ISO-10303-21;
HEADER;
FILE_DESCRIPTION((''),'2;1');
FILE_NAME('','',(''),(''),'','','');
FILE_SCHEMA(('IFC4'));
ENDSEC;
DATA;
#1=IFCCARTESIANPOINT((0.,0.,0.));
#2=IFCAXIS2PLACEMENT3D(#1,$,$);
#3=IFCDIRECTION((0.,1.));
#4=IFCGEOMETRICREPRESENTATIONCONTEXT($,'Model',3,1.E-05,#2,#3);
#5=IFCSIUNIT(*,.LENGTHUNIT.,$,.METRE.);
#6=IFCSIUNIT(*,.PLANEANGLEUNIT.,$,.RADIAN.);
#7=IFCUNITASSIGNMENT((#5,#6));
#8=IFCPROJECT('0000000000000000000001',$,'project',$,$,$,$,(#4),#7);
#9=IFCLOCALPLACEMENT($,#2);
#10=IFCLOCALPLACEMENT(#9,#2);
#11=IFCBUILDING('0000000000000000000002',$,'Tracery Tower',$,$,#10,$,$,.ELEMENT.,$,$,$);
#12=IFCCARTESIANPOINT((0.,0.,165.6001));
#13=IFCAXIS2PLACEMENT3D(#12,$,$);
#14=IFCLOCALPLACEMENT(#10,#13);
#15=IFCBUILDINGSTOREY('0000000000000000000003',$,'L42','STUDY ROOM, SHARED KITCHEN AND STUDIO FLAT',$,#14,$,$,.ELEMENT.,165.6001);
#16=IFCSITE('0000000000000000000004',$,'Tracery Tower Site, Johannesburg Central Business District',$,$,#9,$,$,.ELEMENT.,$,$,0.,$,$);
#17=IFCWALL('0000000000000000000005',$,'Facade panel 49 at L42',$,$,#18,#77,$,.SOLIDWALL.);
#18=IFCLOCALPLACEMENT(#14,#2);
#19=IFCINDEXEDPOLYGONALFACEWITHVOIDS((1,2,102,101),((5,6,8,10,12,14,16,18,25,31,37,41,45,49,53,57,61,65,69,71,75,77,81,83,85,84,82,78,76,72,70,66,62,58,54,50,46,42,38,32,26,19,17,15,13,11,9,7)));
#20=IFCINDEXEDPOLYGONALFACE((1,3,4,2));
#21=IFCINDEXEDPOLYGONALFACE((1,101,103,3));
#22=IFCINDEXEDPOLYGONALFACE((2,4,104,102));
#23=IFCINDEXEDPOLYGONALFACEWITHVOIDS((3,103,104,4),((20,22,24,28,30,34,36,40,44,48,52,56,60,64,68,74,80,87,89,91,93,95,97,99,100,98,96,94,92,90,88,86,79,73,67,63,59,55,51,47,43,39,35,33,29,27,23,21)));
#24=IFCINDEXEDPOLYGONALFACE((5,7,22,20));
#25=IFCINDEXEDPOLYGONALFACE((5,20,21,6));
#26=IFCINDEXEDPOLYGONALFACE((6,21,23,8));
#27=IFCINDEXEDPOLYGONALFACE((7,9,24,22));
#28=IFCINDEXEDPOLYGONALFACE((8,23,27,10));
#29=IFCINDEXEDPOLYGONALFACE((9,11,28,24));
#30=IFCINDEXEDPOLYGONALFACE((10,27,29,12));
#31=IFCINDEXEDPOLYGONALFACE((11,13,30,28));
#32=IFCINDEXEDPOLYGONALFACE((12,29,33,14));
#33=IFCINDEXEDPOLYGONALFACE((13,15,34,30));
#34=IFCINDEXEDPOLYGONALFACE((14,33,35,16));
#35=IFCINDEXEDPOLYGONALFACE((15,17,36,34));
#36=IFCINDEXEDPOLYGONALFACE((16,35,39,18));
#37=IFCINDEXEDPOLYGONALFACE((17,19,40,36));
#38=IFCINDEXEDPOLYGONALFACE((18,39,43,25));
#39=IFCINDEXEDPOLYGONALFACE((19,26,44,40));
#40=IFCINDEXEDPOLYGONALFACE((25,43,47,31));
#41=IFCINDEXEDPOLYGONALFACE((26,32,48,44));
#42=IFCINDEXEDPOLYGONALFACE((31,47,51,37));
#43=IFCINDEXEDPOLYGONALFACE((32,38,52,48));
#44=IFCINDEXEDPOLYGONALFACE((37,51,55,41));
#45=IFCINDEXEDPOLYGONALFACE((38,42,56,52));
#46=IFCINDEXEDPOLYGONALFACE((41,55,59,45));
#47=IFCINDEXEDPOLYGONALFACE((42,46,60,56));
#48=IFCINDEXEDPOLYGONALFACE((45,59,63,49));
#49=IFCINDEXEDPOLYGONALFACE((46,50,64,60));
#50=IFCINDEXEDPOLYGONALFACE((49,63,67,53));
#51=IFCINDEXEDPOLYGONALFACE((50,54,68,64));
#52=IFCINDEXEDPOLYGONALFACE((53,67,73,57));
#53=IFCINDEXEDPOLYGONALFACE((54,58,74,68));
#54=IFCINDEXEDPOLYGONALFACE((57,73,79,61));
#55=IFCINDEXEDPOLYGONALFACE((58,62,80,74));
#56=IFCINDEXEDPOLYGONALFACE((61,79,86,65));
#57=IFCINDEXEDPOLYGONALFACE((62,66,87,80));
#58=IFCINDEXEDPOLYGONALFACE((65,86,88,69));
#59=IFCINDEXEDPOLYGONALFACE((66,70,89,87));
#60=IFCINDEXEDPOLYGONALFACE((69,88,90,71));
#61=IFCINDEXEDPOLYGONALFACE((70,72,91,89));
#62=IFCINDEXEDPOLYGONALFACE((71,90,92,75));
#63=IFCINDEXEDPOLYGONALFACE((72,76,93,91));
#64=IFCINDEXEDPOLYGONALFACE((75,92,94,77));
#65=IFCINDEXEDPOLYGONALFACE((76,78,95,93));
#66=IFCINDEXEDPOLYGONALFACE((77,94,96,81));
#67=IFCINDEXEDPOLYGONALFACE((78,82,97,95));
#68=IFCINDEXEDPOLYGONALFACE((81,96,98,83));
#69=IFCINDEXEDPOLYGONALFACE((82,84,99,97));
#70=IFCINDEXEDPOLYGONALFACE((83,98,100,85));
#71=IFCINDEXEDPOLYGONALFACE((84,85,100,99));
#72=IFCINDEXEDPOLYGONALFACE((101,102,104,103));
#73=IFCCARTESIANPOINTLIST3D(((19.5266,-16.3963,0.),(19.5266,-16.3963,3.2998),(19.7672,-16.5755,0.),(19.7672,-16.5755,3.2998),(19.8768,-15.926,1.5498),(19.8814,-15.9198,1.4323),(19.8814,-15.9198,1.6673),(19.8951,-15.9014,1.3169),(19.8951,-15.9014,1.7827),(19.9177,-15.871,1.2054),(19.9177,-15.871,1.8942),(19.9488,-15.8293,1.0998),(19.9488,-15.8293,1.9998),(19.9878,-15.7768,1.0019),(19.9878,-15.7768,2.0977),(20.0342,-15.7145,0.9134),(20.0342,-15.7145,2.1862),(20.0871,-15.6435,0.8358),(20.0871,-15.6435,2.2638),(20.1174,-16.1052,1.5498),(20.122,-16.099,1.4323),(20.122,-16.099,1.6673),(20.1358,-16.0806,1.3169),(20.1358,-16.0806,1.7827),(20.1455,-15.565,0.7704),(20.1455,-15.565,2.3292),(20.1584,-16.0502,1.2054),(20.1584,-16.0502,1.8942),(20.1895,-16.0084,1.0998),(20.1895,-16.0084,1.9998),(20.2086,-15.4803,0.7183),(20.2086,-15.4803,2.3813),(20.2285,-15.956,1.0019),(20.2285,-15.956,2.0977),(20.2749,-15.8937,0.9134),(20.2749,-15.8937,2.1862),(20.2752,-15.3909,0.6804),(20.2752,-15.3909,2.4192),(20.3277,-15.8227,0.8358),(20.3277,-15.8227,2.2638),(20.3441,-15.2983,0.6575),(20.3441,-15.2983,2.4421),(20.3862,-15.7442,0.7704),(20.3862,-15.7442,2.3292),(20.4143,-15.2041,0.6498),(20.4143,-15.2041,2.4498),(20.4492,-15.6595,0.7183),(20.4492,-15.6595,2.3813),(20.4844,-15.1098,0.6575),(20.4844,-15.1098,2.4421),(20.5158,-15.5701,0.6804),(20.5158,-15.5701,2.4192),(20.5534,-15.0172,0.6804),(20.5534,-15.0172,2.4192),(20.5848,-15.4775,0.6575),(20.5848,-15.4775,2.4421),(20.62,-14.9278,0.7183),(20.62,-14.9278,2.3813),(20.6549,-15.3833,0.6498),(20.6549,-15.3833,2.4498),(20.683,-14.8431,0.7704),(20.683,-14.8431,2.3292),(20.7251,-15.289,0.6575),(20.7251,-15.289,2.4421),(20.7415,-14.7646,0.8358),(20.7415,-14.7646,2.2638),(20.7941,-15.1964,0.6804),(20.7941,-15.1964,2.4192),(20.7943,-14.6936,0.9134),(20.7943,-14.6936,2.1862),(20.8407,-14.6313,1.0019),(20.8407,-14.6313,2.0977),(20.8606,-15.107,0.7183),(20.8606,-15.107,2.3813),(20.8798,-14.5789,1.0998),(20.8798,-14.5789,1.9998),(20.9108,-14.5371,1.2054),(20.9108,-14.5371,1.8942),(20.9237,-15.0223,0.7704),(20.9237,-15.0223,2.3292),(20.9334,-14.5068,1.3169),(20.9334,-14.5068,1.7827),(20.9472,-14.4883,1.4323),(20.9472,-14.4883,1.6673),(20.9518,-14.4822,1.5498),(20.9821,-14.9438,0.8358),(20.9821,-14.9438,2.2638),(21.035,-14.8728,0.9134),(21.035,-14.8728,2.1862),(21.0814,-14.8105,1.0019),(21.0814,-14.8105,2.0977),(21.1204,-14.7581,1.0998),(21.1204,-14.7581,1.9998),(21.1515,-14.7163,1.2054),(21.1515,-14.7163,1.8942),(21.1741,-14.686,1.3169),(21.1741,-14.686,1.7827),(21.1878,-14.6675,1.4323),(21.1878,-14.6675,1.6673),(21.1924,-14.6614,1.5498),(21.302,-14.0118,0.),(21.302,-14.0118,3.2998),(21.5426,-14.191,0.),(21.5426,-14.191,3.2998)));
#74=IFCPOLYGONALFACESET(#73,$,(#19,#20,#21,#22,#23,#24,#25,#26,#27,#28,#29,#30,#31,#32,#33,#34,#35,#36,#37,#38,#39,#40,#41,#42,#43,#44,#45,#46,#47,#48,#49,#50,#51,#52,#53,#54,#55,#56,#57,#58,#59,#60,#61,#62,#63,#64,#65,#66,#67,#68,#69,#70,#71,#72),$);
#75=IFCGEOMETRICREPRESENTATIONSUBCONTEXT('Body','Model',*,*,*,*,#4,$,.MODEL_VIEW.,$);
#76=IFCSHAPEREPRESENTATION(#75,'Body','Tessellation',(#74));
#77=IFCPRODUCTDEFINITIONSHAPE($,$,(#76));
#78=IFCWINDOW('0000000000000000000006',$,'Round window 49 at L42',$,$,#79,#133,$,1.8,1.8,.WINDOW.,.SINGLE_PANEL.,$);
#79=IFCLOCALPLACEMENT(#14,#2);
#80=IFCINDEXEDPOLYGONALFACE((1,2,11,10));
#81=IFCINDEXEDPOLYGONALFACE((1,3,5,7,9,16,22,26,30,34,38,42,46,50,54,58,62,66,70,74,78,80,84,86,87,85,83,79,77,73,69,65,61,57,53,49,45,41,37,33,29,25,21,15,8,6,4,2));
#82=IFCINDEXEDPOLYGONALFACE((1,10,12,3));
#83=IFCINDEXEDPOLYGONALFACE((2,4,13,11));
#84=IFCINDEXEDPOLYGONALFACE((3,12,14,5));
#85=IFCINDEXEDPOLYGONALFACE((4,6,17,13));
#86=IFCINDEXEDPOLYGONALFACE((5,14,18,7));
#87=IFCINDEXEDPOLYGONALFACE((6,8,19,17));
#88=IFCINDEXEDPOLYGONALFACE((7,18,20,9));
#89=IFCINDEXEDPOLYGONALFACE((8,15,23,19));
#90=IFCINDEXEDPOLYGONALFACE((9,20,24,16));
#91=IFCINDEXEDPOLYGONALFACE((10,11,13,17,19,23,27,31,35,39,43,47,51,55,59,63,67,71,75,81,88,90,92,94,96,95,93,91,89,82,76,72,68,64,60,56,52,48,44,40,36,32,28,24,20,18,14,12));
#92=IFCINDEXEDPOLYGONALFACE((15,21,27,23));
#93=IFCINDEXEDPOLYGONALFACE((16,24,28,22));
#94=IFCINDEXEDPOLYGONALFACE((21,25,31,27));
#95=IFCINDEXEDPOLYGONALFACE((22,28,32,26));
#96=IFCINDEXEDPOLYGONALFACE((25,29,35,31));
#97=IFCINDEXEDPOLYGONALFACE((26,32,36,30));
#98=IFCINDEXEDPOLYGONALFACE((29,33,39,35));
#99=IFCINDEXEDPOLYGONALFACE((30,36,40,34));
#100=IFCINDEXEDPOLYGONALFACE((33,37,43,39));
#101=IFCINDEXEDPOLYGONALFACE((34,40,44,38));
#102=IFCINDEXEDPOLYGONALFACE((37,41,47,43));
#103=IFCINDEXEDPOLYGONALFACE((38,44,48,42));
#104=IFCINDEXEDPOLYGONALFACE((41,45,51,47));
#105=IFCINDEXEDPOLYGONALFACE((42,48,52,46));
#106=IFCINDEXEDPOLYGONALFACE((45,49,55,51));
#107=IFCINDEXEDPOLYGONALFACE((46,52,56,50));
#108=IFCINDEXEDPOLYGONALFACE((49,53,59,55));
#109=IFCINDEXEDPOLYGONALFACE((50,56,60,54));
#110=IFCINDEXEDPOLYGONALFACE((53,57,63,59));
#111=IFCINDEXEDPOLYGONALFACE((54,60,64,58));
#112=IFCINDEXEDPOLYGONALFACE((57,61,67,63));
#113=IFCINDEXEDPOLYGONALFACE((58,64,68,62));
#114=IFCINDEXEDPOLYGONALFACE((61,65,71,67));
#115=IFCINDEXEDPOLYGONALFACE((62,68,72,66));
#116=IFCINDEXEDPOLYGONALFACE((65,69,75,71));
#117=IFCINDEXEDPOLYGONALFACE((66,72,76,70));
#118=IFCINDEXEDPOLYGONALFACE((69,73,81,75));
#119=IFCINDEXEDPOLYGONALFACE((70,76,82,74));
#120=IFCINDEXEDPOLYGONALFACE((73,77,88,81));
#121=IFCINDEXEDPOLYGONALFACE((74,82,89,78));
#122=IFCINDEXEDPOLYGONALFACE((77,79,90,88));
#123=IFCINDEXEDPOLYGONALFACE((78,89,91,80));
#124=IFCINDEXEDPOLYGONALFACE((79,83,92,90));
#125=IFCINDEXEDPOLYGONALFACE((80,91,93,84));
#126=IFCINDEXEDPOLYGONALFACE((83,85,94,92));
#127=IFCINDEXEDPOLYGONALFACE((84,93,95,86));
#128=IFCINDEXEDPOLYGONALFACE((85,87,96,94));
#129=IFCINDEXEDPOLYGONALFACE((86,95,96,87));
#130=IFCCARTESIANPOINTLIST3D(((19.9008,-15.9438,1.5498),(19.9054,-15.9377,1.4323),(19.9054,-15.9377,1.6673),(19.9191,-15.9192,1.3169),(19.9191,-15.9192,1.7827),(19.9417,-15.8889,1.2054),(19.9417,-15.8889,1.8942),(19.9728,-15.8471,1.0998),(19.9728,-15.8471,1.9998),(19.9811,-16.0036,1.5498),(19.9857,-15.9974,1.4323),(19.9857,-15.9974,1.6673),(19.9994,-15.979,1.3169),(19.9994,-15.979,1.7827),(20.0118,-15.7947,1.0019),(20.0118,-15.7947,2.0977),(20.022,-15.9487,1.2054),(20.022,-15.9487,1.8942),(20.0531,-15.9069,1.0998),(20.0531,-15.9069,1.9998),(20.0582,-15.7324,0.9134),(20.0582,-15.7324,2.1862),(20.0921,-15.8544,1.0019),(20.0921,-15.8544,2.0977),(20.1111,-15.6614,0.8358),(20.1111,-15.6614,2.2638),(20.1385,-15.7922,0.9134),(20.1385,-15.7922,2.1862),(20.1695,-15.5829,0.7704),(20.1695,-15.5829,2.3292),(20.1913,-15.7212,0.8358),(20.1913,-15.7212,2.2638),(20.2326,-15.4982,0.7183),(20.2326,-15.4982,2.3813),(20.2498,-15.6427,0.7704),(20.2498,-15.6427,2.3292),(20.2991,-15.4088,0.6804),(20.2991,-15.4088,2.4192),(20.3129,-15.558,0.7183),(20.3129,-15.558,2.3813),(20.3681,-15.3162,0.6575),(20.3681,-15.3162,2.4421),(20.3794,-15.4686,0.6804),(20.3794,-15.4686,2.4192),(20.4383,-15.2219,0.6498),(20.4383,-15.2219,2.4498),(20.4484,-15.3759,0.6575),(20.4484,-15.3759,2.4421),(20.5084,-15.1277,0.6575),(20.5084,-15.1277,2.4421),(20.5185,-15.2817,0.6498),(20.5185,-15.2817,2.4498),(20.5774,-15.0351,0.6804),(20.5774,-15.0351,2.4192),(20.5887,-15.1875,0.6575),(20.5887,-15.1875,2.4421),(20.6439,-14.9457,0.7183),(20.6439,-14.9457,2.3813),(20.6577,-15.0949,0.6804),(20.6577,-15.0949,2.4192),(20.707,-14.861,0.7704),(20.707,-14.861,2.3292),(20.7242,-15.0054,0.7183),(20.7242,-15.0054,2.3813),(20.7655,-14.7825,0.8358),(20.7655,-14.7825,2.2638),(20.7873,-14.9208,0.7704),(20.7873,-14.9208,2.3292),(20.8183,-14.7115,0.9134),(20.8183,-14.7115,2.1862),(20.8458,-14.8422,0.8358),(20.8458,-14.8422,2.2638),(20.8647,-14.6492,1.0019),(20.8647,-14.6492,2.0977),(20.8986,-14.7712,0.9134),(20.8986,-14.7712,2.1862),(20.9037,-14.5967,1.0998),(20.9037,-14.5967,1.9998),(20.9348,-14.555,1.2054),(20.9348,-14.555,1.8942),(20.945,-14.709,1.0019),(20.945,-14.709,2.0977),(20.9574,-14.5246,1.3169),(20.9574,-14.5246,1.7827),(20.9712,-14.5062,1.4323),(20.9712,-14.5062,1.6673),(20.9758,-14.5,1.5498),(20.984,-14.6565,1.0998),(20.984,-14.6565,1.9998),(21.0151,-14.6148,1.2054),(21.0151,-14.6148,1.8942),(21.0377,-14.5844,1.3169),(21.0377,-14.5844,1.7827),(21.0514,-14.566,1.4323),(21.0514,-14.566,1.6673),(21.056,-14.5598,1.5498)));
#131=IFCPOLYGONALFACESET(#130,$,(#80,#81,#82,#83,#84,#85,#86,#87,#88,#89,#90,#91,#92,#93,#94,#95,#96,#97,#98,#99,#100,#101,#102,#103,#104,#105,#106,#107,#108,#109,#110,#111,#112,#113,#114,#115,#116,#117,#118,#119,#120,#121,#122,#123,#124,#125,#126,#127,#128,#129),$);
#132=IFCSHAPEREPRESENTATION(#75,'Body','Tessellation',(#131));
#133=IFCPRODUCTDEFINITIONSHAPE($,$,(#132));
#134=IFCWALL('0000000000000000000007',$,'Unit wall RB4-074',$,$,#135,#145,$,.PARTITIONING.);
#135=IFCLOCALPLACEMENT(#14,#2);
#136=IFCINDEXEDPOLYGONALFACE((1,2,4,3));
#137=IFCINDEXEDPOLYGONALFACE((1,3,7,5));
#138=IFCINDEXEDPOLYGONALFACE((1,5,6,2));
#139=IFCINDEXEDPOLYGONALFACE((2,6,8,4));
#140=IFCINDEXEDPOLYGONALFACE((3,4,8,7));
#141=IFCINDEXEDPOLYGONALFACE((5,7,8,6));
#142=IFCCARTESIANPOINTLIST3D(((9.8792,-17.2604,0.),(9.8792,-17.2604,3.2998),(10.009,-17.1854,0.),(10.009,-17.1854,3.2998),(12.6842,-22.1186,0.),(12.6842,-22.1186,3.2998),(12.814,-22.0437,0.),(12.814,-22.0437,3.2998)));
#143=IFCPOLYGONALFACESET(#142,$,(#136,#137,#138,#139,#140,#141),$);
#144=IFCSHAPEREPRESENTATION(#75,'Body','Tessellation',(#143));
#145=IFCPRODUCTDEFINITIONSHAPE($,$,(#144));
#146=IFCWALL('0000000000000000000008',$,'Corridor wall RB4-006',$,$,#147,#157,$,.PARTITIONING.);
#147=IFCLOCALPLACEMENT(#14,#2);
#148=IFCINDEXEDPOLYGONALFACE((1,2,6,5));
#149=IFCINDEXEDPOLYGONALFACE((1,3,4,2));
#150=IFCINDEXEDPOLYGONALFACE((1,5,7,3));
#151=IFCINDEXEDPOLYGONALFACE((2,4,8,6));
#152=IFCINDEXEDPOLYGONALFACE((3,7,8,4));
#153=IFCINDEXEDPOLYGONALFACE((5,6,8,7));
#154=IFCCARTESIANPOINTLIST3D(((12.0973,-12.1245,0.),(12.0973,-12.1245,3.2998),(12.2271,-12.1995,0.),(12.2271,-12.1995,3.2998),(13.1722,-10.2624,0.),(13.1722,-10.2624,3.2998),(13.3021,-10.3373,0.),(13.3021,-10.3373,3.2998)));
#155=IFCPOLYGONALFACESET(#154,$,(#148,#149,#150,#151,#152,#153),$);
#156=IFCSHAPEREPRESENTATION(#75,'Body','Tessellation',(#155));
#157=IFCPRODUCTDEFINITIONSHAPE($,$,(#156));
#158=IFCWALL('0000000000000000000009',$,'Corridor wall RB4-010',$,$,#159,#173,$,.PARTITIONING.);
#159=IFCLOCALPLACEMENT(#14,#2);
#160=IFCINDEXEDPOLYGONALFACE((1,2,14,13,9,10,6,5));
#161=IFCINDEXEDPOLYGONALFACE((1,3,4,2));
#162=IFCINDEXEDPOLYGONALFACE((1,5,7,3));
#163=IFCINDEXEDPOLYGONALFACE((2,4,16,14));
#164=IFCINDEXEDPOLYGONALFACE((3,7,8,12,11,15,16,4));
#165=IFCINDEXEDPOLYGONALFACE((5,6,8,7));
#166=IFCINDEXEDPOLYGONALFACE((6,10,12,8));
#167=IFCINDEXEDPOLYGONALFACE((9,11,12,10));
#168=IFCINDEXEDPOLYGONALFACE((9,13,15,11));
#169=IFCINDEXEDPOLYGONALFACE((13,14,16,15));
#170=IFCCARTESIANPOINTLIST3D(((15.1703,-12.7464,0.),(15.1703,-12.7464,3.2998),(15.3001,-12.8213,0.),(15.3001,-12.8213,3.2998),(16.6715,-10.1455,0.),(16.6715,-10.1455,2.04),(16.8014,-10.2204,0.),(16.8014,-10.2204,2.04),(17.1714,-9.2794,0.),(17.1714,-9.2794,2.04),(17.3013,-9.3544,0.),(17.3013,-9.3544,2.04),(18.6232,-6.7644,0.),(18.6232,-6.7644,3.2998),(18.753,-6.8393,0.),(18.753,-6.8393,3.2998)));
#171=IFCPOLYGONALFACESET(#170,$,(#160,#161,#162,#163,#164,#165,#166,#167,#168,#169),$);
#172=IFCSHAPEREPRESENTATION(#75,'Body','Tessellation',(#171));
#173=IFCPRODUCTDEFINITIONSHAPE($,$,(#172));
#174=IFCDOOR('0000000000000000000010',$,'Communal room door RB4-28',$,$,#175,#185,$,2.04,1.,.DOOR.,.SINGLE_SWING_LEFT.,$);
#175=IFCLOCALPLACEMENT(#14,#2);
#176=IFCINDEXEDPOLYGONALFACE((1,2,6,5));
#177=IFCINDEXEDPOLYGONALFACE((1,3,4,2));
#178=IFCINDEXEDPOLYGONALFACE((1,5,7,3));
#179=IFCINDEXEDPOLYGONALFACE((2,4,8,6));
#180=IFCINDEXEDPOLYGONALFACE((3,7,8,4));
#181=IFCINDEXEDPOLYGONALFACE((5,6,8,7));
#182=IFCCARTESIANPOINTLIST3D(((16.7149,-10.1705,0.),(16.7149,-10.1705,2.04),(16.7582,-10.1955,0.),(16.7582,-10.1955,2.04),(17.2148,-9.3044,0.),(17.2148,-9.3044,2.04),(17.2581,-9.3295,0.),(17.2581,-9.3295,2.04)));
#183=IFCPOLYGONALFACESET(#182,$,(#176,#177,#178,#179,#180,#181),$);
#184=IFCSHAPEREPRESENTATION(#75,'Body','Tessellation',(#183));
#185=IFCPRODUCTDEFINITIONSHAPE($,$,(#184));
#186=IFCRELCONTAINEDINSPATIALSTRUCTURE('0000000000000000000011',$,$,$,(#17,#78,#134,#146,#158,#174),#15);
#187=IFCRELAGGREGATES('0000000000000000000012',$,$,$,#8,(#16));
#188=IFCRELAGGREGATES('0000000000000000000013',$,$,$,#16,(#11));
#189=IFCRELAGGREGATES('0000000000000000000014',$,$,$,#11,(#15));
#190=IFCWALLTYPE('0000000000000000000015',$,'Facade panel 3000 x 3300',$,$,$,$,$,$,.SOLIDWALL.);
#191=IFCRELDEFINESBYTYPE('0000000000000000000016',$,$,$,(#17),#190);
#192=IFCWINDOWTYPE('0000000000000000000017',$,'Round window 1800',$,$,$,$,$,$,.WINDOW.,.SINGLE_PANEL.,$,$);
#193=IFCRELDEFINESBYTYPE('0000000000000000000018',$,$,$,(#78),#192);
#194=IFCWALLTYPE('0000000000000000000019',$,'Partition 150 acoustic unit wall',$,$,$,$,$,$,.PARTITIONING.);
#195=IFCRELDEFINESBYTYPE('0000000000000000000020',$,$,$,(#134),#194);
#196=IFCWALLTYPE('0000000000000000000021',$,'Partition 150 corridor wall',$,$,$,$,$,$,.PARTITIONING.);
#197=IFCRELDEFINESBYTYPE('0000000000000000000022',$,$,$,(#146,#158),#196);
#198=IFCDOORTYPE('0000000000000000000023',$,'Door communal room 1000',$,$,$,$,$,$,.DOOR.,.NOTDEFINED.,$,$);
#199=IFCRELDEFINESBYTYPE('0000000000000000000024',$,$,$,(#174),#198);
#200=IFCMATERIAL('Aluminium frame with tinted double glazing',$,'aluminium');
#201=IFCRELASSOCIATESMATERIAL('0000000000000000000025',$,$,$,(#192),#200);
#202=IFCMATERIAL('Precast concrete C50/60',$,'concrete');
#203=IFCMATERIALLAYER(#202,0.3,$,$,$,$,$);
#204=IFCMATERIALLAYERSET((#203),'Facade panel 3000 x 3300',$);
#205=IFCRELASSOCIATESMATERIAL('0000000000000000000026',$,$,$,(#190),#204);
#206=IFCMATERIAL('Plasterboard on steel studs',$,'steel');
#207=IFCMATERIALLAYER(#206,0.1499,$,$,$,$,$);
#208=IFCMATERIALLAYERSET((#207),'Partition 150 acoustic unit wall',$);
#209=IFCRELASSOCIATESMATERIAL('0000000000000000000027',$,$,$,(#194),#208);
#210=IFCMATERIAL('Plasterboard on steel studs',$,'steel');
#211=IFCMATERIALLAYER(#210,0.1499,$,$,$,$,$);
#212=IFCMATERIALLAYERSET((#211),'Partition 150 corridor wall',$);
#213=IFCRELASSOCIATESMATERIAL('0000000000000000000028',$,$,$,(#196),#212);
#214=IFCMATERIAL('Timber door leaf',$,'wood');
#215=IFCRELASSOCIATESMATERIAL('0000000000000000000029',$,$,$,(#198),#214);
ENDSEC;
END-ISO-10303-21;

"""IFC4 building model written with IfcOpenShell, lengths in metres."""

from ifc_helpers import new_model, si_unit, direction, frame, frame_2d, origin, origin_2d, place, context, subcontext, project, spatial, rectangle, circle, extrude, material, layer, layer_set, type_object, element, fill, save


model = new_model("IFC4")

# Units and contexts
model_context = context("Model", 3, precision=1e-05, world=origin(), true_north=direction((0.0, 1.0)))
body_context = subcontext(model_context, "Body", "Model", "MODEL_VIEW")
ifc_project = project(units=[si_unit("LENGTHUNIT", "METRE"), si_unit("PLANEANGLEUNIT", "RADIAN")], contexts=[model_context])

# Site, building, storey
site_placement = place(None, origin())
site = spatial("IfcSite", under=ifc_project, at=site_placement, Name="Tracery Tower Site, Johannesburg Central Business District", CompositionType="ELEMENT", RefElevation=0.0)
building_placement = place(site_placement, origin())
building = spatial("IfcBuilding", under=site, at=building_placement, Name="Tracery Tower", CompositionType="ELEMENT")
storey_placement = place(building_placement, frame((0.0, 0.0, 165.6001)))
storey = spatial("IfcBuildingStorey", under=building, at=storey_placement, Name="L42", Description="STUDY ROOM, SHARED KITCHEN AND STUDIO FLAT", CompositionType="ELEMENT", Elevation=165.6001)

# Wall, opening, window
ifc_material_1 = material(Name="Aluminium frame with tinted double glazing", Category="aluminium")
window_type = type_object("IfcWindowType", Name="Round window 1800", PartitioningType="SINGLE_PANEL", PredefinedType="WINDOW", material=ifc_material_1)
ifc_material_2 = material(Name="Precast concrete C50/60", Category="concrete")
ifc_layer_1 = layer(ifc_material_2, 0.3)
ifc_layer_set_1 = layer_set([ifc_layer_1], Name="Facade panel 3000 x 3300")
wall_type_1 = type_object("IfcWallType", Name="Facade panel 3000 x 3300", PredefinedType="SOLIDWALL", material=ifc_layer_set_1)
wall_1_placement = place(storey_placement, frame((19.647, -16.4858, 0.0), z_axis=(0.0, 0.0, 1.0), x_axis=(0.597198, 0.802094, 0.0)))
wall_1 = element("IfcWall", 1, at=wall_1_placement, inside=storey, type_object=wall_type_1, Name="Facade panel 49 at L42", PredefinedType="SOLIDWALL", context=body_context, shape_type="SweptSolid", body=[
    extrude(rectangle(XDim=2.9729, YDim=0.3, at=frame_2d((1.4863, 0.0))), origin(), (0.0, 0.0, 1.0), 3.2998),
])
opening_1_placement = place(wall_1_placement, frame((1.4863, 0.0, 1.5498)))
opening_1 = element("IfcOpeningElement", 2, at=opening_1_placement, cuts=wall_1, PredefinedType="OPENING", context=body_context, shape_type="SweptSolid", body=[
    extrude(circle(Radius=0.9, at=origin_2d()), frame((0.0, 0.1599, 0.0), z_axis=(0.0, -1.0, 0.0), x_axis=(1.0, 0.0, 0.0)), (0.0, 0.0, 1.0), 0.3201),
])
window_1_placement = place(opening_1_placement, origin())
window_1 = element("IfcWindow", 3, at=window_1_placement, inside=storey, type_object=window_type, Name="Round window 49 at L42", OverallHeight=1.8, OverallWidth=1.8, PartitioningType="SINGLE_PANEL", PredefinedType="WINDOW", context=body_context, shape_type="SweptSolid", body=[
    extrude(circle(Radius=0.9, at=origin_2d()), frame((0.0, 0.1201, 0.0), z_axis=(0.0, -1.0, 0.0), x_axis=(1.0, 0.0, 0.0)), (0.0, 0.0, 1.0), 0.1001),
])
fill(opening_1, window_1)

# Walls
ifc_material_3 = material(Name="Plasterboard on steel studs", Category="steel")
ifc_layer_2 = layer(ifc_material_3, 0.1499)
ifc_layer_set_2 = layer_set([ifc_layer_2], Name="Partition 150 acoustic unit wall")
wall_type_2 = type_object("IfcWallType", Name="Partition 150 acoustic unit wall", PredefinedType="PARTITIONING", material=ifc_layer_set_2)
wall_2_placement = place(storey_placement, frame((9.9441, -17.2229, 0.0), z_axis=(0.0, 0.0, 1.0), x_axis=(0.50001, -0.86602, 0.0)))
element("IfcWall", 4, at=wall_2_placement, inside=storey, type_object=wall_type_2, Name="Unit wall RB4-074", PredefinedType="PARTITIONING", context=body_context, shape_type="SweptSolid", body=[
    extrude(rectangle(XDim=5.6099, YDim=0.1499, at=frame_2d((2.8049, 0.0))), origin(), (0.0, 0.0, 1.0), 3.2998),
])
ifc_material_4 = material(Name="Plasterboard on steel studs", Category="steel")
ifc_layer_3 = layer(ifc_material_4, 0.1499)
ifc_layer_set_3 = layer_set([ifc_layer_3], Name="Partition 150 corridor wall")
wall_type_3 = type_object("IfcWallType", Name="Partition 150 corridor wall", PredefinedType="PARTITIONING", material=ifc_layer_set_3)
wall_3_placement = place(storey_placement, frame((12.1621, -12.1621, 0.0), z_axis=(0.0, 0.0, 1.0), x_axis=(0.499962, 0.866048, 0.0)))
element("IfcWall", 5, at=wall_3_placement, inside=storey, type_object=wall_type_3, Name="Corridor wall RB4-006", PredefinedType="PARTITIONING", context=body_context, shape_type="SweptSolid", body=[
    extrude(rectangle(XDim=2.1501, YDim=0.1499, at=frame_2d((1.0752, 0.0))), origin(), (0.0, 0.0, 1.0), 3.2998),
])

# Wall, opening, door
wall_4_placement = place(storey_placement, frame((15.2351, -12.7839, 0.0), z_axis=(0.0, 0.0, 1.0), x_axis=(0.499914, 0.866075, 0.0)))
wall_4 = element("IfcWall", 6, at=wall_4_placement, inside=storey, type_object=wall_type_3, Name="Corridor wall RB4-010", PredefinedType="PARTITIONING", context=body_context, shape_type="SweptSolid", body=[
    extrude(rectangle(XDim=6.907, YDim=0.1499, at=frame_2d((3.4536, 0.0))), origin(), (0.0, 0.0, 1.0), 3.2998),
])
opening_2_placement = place(wall_4_placement, frame((3.0032, 0.0, 0.0)))
opening_2 = element("IfcOpeningElement", 7, at=opening_2_placement, cuts=wall_4, PredefinedType="OPENING", context=body_context, shape_type="SweptSolid", body=[
    extrude(rectangle(XDim=1.0, YDim=2.04, at=frame_2d((0.5, 1.02))), frame((0.0, 0.075, 0.0), z_axis=(0.0, -1.0, 0.0), x_axis=(1.0, 0.0, 0.0)), (0.0, 0.0, 1.0), 0.1499),
])
ifc_material_5 = material(Name="Timber door leaf", Category="wood")
door_type = type_object("IfcDoorType", Name="Door communal room 1000", OperationType="NOTDEFINED", PredefinedType="DOOR", material=ifc_material_5)
door_placement = place(opening_2_placement, origin())
door = element("IfcDoor", 8, at=door_placement, inside=storey, type_object=door_type, Name="Communal room door RB4-28", OperationType="SINGLE_SWING_LEFT", OverallHeight=2.04, OverallWidth=1.0, PredefinedType="DOOR", context=body_context, shape_type="SweptSolid", body=[
    extrude(rectangle(XDim=1.0, YDim=2.04, at=frame_2d((0.5, 1.02))), frame((0.0, 0.0249, 0.0), z_axis=(0.0, -1.0, 0.0), x_axis=(1.0, 0.0, 0.0)), (0.0, 0.0, 1.0), 0.05),
])
fill(opening_2, door)

save(model, "model.ifc")
